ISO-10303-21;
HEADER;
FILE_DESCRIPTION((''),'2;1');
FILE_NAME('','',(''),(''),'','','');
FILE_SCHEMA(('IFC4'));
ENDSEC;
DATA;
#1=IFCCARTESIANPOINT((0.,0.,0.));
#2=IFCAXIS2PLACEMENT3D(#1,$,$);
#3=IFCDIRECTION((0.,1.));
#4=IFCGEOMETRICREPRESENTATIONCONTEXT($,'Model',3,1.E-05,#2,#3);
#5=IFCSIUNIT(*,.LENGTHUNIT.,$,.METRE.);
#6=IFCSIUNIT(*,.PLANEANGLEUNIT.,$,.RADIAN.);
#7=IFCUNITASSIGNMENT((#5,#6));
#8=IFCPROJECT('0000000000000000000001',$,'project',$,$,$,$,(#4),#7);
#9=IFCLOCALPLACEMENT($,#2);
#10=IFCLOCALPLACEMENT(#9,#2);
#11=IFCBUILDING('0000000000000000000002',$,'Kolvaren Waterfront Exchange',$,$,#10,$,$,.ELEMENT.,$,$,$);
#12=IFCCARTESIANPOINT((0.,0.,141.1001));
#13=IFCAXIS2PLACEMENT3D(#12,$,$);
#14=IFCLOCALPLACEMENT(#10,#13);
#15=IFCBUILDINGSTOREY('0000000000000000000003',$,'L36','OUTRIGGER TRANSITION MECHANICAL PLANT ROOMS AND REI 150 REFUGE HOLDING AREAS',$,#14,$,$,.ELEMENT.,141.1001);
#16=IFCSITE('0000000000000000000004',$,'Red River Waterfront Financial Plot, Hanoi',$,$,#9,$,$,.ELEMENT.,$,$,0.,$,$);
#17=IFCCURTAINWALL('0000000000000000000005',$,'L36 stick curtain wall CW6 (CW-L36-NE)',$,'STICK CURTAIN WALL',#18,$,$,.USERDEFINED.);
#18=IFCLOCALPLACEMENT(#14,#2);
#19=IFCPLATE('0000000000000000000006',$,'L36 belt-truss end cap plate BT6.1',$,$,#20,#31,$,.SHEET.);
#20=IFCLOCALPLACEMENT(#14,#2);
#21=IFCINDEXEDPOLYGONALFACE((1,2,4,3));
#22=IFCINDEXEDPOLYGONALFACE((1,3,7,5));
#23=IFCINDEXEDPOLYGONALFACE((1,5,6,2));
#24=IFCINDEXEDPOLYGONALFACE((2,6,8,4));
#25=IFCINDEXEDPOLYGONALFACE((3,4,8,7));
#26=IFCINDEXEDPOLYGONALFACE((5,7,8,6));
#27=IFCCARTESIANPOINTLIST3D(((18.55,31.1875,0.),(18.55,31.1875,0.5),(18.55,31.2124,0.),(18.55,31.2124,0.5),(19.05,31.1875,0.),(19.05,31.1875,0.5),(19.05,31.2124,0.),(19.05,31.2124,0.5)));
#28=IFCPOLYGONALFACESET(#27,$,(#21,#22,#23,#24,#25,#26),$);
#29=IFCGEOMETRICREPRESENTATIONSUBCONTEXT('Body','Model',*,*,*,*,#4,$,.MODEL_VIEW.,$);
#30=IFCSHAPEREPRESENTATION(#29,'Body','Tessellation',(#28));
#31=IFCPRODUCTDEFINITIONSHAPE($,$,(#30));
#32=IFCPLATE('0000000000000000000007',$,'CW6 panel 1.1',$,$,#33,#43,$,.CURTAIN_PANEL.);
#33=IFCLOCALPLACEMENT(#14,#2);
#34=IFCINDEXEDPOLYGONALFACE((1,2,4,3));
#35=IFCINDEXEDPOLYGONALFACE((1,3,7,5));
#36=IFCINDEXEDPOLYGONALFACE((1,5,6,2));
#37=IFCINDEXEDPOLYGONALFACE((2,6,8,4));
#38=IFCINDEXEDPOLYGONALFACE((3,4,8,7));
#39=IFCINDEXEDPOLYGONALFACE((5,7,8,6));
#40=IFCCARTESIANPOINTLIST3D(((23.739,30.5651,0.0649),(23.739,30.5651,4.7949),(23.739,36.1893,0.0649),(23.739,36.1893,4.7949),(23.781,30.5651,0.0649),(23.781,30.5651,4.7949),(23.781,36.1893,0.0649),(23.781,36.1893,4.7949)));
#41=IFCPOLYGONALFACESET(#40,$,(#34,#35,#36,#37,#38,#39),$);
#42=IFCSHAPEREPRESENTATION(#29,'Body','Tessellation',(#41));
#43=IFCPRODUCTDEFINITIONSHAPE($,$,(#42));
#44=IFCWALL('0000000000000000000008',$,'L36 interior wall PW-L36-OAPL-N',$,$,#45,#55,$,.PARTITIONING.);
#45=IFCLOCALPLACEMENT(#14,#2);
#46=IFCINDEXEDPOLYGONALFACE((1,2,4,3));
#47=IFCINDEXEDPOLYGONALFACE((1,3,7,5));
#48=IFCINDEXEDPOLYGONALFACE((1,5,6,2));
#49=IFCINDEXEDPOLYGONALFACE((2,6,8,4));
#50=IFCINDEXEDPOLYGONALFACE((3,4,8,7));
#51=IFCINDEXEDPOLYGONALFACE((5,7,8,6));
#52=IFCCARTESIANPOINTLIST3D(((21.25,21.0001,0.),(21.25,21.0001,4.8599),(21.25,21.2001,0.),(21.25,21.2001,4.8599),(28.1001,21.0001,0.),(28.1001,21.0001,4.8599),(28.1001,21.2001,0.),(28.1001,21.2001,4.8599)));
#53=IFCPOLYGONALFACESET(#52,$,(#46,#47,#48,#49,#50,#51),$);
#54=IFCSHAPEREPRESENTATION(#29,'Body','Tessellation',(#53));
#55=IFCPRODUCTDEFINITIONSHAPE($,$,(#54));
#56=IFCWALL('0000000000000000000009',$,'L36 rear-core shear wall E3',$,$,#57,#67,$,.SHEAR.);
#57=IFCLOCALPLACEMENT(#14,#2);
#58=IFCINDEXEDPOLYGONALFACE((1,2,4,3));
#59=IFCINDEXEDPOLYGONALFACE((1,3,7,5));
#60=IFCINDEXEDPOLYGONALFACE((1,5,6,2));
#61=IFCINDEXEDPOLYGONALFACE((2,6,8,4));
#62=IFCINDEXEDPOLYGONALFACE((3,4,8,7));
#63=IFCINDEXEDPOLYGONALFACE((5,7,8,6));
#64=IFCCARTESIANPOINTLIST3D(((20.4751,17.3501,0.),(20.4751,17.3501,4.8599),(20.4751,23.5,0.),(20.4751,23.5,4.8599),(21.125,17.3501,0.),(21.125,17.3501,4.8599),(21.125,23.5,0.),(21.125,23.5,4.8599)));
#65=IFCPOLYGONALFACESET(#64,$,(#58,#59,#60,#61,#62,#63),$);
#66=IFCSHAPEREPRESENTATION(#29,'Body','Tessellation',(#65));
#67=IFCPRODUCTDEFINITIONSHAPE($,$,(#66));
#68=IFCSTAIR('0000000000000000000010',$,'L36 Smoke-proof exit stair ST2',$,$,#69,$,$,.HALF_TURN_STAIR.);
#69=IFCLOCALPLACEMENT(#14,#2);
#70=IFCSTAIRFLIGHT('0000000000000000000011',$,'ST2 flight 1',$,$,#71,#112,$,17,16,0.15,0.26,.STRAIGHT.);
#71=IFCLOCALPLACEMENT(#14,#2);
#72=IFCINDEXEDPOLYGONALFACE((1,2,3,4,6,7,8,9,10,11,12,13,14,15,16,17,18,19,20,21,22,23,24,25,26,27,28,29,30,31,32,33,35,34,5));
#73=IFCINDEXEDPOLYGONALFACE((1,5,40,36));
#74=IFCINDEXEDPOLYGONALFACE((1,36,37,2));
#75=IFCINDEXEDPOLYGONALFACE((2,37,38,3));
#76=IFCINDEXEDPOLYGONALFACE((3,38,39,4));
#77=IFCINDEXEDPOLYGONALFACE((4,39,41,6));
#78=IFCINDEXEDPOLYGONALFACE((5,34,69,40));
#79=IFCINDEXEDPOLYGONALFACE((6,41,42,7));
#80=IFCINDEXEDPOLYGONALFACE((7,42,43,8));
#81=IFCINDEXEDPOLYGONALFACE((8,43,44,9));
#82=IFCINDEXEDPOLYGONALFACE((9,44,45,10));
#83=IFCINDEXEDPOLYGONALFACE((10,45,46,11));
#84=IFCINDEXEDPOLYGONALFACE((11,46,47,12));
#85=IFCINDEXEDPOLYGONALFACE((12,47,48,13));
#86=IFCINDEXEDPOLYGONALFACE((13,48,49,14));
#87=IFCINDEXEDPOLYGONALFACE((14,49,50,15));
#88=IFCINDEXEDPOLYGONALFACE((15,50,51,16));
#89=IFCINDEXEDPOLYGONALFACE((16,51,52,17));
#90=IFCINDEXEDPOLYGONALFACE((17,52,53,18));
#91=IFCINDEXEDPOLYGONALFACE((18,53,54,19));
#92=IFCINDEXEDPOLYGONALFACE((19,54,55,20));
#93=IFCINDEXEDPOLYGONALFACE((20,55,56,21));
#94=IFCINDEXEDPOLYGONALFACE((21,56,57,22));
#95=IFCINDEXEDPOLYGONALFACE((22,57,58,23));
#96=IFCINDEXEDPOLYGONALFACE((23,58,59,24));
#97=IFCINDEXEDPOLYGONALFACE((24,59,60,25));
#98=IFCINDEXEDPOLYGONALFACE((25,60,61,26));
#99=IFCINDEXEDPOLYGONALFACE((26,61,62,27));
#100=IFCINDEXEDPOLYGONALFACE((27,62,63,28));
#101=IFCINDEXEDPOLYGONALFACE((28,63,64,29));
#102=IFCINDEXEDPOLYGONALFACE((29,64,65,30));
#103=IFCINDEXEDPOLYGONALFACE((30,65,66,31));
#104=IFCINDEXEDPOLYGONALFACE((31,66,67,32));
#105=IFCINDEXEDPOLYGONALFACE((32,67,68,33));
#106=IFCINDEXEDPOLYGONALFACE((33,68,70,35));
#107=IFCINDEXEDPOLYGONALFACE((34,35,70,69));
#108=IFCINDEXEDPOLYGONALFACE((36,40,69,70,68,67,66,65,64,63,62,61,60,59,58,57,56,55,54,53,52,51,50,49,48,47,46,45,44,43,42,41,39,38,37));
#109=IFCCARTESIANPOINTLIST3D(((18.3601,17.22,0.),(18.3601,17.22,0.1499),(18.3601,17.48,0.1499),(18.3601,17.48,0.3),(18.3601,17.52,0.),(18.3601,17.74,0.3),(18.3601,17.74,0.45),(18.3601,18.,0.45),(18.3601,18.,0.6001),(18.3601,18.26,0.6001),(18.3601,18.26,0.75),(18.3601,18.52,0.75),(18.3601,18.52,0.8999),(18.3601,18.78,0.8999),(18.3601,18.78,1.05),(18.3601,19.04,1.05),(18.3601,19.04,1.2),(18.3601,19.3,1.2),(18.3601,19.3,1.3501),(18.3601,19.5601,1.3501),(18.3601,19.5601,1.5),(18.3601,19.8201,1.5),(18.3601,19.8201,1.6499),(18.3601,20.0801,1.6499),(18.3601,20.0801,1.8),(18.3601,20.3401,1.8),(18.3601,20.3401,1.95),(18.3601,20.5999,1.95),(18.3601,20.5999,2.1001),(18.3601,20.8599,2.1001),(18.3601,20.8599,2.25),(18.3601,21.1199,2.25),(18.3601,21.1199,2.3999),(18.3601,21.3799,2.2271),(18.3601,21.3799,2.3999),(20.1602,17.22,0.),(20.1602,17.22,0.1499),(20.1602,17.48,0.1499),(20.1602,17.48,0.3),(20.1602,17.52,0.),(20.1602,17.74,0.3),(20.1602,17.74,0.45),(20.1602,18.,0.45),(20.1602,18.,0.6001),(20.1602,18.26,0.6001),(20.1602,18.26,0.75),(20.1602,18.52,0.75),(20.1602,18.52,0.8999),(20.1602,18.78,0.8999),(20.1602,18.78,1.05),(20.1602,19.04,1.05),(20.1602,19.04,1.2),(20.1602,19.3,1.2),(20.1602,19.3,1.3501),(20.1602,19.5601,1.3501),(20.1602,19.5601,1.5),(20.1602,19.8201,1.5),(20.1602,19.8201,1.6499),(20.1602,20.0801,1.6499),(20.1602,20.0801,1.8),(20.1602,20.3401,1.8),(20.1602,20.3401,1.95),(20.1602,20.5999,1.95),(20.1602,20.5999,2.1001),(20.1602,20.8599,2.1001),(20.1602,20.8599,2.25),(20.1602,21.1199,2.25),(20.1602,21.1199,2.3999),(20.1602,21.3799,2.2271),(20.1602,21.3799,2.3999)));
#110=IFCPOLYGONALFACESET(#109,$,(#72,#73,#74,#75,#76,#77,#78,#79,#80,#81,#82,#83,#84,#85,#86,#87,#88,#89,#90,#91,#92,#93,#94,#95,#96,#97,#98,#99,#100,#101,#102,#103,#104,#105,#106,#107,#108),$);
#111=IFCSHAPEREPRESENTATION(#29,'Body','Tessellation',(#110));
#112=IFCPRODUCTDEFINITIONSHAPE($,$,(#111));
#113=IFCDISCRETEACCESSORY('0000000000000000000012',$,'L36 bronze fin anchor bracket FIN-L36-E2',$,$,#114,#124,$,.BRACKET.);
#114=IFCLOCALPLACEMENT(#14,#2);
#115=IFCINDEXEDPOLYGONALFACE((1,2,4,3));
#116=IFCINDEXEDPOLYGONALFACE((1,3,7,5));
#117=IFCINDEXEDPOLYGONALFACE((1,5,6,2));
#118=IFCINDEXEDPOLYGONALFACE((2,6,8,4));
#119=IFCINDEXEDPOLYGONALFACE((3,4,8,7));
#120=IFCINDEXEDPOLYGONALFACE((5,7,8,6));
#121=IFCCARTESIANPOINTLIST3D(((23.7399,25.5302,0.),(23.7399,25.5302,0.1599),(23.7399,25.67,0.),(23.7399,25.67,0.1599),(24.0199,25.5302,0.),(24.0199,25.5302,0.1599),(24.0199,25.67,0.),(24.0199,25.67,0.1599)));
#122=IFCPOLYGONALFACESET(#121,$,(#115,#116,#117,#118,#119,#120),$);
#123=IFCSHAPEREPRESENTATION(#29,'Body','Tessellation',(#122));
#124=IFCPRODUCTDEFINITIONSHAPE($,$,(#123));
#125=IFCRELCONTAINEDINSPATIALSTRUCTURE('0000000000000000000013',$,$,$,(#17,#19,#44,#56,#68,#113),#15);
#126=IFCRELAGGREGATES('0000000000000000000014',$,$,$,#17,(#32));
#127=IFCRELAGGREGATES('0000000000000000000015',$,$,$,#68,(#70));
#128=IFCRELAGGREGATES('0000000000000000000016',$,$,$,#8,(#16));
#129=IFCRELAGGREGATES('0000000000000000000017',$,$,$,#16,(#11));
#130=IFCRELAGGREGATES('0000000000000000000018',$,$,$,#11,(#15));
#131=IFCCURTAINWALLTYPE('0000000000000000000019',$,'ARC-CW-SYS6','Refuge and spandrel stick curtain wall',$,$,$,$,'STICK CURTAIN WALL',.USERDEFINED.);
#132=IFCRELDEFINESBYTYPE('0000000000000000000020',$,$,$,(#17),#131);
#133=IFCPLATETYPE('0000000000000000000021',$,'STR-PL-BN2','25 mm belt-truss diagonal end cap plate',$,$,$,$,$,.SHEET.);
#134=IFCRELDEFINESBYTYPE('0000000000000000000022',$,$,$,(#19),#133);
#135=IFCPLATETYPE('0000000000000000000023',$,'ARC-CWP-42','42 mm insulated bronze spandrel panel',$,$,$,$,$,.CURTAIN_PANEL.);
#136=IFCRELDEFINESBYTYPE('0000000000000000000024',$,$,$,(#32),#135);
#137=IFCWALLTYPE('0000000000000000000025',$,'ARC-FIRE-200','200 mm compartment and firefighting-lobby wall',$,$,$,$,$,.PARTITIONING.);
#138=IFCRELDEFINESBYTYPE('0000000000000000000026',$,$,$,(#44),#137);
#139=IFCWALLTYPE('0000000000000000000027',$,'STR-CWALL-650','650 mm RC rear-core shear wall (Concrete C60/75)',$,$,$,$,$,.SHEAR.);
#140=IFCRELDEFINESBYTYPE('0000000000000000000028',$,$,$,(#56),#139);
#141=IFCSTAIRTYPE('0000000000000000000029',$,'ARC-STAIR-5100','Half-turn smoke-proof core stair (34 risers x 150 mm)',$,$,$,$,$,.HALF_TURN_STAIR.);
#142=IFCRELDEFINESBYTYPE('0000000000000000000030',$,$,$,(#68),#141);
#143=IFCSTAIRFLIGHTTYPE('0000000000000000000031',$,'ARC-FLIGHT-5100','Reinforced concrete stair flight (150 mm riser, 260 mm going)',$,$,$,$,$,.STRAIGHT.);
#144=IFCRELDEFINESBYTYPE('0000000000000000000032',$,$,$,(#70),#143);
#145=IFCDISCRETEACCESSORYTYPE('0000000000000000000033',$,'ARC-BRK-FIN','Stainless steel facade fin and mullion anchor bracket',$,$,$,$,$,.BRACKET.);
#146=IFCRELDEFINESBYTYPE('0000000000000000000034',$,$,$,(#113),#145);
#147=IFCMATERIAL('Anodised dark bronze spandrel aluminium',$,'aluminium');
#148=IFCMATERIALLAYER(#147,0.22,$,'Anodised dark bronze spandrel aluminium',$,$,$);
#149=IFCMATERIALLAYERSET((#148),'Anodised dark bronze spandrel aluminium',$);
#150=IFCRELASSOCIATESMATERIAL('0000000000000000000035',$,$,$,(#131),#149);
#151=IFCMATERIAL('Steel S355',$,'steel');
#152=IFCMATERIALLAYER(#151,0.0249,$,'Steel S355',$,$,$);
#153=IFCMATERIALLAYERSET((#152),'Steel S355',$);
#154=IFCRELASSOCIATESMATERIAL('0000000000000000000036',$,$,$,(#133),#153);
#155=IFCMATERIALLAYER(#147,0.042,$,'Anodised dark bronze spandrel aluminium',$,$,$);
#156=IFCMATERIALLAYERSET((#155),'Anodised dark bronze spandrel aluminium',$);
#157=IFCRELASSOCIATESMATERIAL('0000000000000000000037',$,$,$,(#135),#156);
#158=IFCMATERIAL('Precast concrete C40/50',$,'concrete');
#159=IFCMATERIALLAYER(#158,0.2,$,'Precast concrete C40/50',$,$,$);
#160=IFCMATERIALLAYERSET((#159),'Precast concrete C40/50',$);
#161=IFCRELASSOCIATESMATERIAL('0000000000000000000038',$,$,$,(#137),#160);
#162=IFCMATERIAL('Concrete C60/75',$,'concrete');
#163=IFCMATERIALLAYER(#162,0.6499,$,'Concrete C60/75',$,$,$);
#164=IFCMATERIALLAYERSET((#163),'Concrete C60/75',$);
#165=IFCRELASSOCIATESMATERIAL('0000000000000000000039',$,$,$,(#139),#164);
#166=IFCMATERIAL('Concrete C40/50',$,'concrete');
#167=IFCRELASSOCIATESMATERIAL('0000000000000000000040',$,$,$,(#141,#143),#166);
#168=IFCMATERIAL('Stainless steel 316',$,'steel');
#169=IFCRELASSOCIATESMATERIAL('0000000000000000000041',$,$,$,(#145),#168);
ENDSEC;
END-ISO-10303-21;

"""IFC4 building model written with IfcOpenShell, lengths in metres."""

from ifc_helpers import new_model, si_unit, direction, frame, frame_2d, origin, origin_with_axes, origin_2d, place, context, subcontext, project, spatial, polyline, rectangle, outline, extrude, source, transform, mapped, material, layer, layer_set, type_object, element, aggregate, save


model = new_model("IFC4")

# Units and contexts
model_context = context("Model", 3, precision=1e-05, world=origin(), true_north=direction((0.0, 1.0)))
body_context = subcontext(model_context, "Body", "Model", "MODEL_VIEW")
ifc_project = project(units=[si_unit("LENGTHUNIT", "METRE"), si_unit("PLANEANGLEUNIT", "RADIAN")], contexts=[model_context])

# Site, building, storey
site_placement = place(None, origin())
site = spatial("IfcSite", under=ifc_project, at=site_placement, Name="Red River Waterfront Financial Plot, Hanoi", CompositionType="ELEMENT", RefElevation=0.0)
building_placement = place(site_placement, origin())
building = spatial("IfcBuilding", under=site, at=building_placement, Name="Kolvaren Waterfront Exchange", CompositionType="ELEMENT")
storey_placement = place(building_placement, frame((0.0, 0.0, 141.1001)))
storey = spatial("IfcBuildingStorey", under=building, at=storey_placement, Name="L36", Description="OUTRIGGER TRANSITION MECHANICAL PLANT ROOMS AND REI 150 REFUGE HOLDING AREAS", CompositionType="ELEMENT", Elevation=141.1001)

# Shared definitions
ifc_material_1 = material(Name="Concrete C60/75", Category="concrete")

# Shared definitions
ifc_material_2 = material(Name="Steel S355", Category="steel")

# Curtain wall
ifc_material_3 = material(Name="Anodised dark bronze spandrel aluminium", Category="aluminium")
ifc_layer_1 = layer(ifc_material_3, 0.22, Name="Anodised dark bronze spandrel aluminium")
ifc_layer_set_1 = layer_set([ifc_layer_1], Name="Anodised dark bronze spandrel aluminium")
curtain_wall_type = type_object("IfcCurtainWallType", Name="ARC-CW-SYS6", Description="Refuge and spandrel stick curtain wall", ElementType="STICK CURTAIN WALL", PredefinedType="USERDEFINED", material=ifc_layer_set_1)
curtain_wall_placement = place(storey_placement, origin())
curtain_wall = element("IfcCurtainWall", 1, at=curtain_wall_placement, inside=storey, type_object=curtain_wall_type, Name="L36 stick curtain wall CW6 (CW-L36-NE)", ObjectType="STICK CURTAIN WALL", PredefinedType="USERDEFINED")

# Plate
ifc_layer_2 = layer(ifc_material_2, 0.0249, Name="Steel S355")
ifc_layer_set_2 = layer_set([ifc_layer_2], Name="Steel S355")
plate_type_1 = type_object("IfcPlateType", Name="STR-PL-BN2", Description="25 mm belt-truss diagonal end cap plate", PredefinedType="SHEET", material=ifc_layer_set_2)
shared_shape_1 = source(origin_with_axes(), body_context, "Body", "SweptSolid", [
    extrude(rectangle(XDim=0.5, YDim=0.0249, at=origin_2d()), origin(), (0.0, 0.0, 1.0), 0.5),
])
plate_1_placement = place(storey_placement, frame((18.8, 31.2, 0.0), z_axis=(0.0, 0.0, 1.0), x_axis=(1.0, 0.0, 0.0)))
element("IfcPlate", 2, at=plate_1_placement, inside=storey, type_object=plate_type_1, Name="L36 belt-truss end cap plate BT6.1", PredefinedType="SHEET", context=body_context, shape_type="MappedRepresentation", body=[
    mapped(shared_shape_1, transform((0.0, 0.0, 0.0), x_axis=(1.0, 0.0, 0.0), y_axis=(0.0, 1.0, 0.0), z_axis=(0.0, 0.0, 1.0), scale=1.0)),
])

# Plate
ifc_layer_3 = layer(ifc_material_3, 0.042, Name="Anodised dark bronze spandrel aluminium")
ifc_layer_set_3 = layer_set([ifc_layer_3], Name="Anodised dark bronze spandrel aluminium")
plate_type_2 = type_object("IfcPlateType", Name="ARC-CWP-42", Description="42 mm insulated bronze spandrel panel", PredefinedType="CURTAIN_PANEL", material=ifc_layer_set_3)
shared_shape_2 = source(origin_with_axes(), body_context, "Body", "SweptSolid", [
    extrude(rectangle(XDim=5.6243, YDim=0.042, at=origin_2d()), origin(), (0.0, 0.0, 1.0), 4.73),
])
plate_2_placement = place(storey_placement, frame((23.76, 33.3772, 0.0649), z_axis=(0.0, 0.0, 1.0), x_axis=(0.0, 1.0, 0.0)))
plate_2 = element("IfcPlate", 3, at=plate_2_placement, type_object=plate_type_2, Name="CW6 panel 1.1", PredefinedType="CURTAIN_PANEL", context=body_context, shape_type="MappedRepresentation", body=[
    mapped(shared_shape_2, transform((0.0, 0.0, 0.0), x_axis=(1.0, 0.0, 0.0), y_axis=(0.0, 1.0, 0.0), z_axis=(0.0, 0.0, 1.0), scale=1.0)),
])
aggregate(curtain_wall, [plate_2])

# Walls
ifc_material_4 = material(Name="Precast concrete C40/50", Category="concrete")
ifc_layer_4 = layer(ifc_material_4, 0.2, Name="Precast concrete C40/50")
ifc_layer_set_4 = layer_set([ifc_layer_4], Name="Precast concrete C40/50")
wall_type_1 = type_object("IfcWallType", Name="ARC-FIRE-200", Description="200 mm compartment and firefighting-lobby wall", PredefinedType="PARTITIONING", material=ifc_layer_set_4)
wall_1_placement = place(storey_placement, frame((21.25, 21.1001, 0.0), z_axis=(0.0, 0.0, 1.0), x_axis=(1.0, 0.0, 0.0)))
element("IfcWall", 4, at=wall_1_placement, inside=storey, type_object=wall_type_1, Name="L36 interior wall PW-L36-OAPL-N", PredefinedType="PARTITIONING", context=body_context, shape_type="SweptSolid", body=[
    extrude(rectangle(XDim=6.8501, YDim=0.2, at=frame_2d((3.425, 0.0))), origin(), (0.0, 0.0, 1.0), 4.8599),
])
ifc_layer_5 = layer(ifc_material_1, 0.6499, Name="Concrete C60/75")
ifc_layer_set_5 = layer_set([ifc_layer_5], Name="Concrete C60/75")
wall_type_2 = type_object("IfcWallType", Name="STR-CWALL-650", Description="650 mm RC rear-core shear wall (Concrete C60/75)", PredefinedType="SHEAR", material=ifc_layer_set_5)
wall_2_placement = place(storey_placement, frame((20.8, 17.3501, 0.0), z_axis=(0.0, 0.0, 1.0), x_axis=(0.0, 1.0, 0.0)))
element("IfcWall", 5, at=wall_2_placement, inside=storey, type_object=wall_type_2, Name="L36 rear-core shear wall E3", PredefinedType="SHEAR", context=body_context, shape_type="SweptSolid", body=[
    extrude(rectangle(XDim=6.1499, YDim=0.6499, at=frame_2d((3.075, 0.0))), origin(), (0.0, 0.0, 1.0), 4.8599),
])

# Stair, stair flight
ifc_material_5 = material(Name="Concrete C40/50", Category="concrete")
stair_type = type_object("IfcStairType", Name="ARC-STAIR-5100", Description="Half-turn smoke-proof core stair (34 risers x 150 mm)", PredefinedType="HALF_TURN_STAIR", material=ifc_material_5)
stair_placement = place(storey_placement, origin())
stair = element("IfcStair", 6, at=stair_placement, inside=storey, type_object=stair_type, Name="L36 Smoke-proof exit stair ST2", PredefinedType="HALF_TURN_STAIR")
stair_flight_type = type_object("IfcStairFlightType", Name="ARC-FLIGHT-5100", Description="Reinforced concrete stair flight (150 mm riser, 260 mm going)", PredefinedType="STRAIGHT", material=ifc_material_5)
stair_flight_placement = place(storey_placement, frame((19.26, 17.22, 0.0), z_axis=(0.0, 0.0, 1.0), x_axis=(0.0, 1.0, 0.0)))
stair_flight = element("IfcStairFlight", 7, at=stair_flight_placement, type_object=stair_flight_type, Name="ST2 flight 1", NumberOfRisers=17, NumberOfTreads=16, PredefinedType="STRAIGHT", RiserHeight=0.15, TreadLength=0.26, context=body_context, shape_type="SweptSolid", body=[
    extrude(outline(polyline([(0.0, 0.0), (0.0, 0.1499), (0.26, 0.1499), (0.26, 0.3), (0.52, 0.3), (0.52, 0.45), (0.78, 0.45), (0.78, 0.6001), (1.04, 0.6001), (1.04, 0.75), (1.3, 0.75), (1.3, 0.8999), (1.5601, 0.8999), (1.5601, 1.05), (1.8201, 1.05), (1.8201, 1.2), (2.0801, 1.2), (2.0801, 1.3501), (2.3401, 1.3501), (2.3401, 1.5), (2.6001, 1.5), (2.6001, 1.6499), (2.8601, 1.6499), (2.8601, 1.8), (3.1201, 1.8), (3.1201, 1.95), (3.3799, 1.95), (3.3799, 2.1001), (3.6399, 2.1001), (3.6399, 2.25), (3.8999, 2.25), (3.8999, 2.3999), (4.1599, 2.3999), (4.1599, 2.55), (4.1599, 2.2271), (0.3, 0.0), (0.0, 0.0)])), frame((0.0, 0.8999, 0.0), z_axis=(0.0, -1.0, 0.0), x_axis=(1.0, 0.0, 0.0)), (0.0, 0.0, 1.0), 1.8),
])
aggregate(stair, [stair_flight])

# Shared definitions
ifc_material_6 = material(Name="Stainless steel 316", Category="steel")

# Discrete accessory
discrete_accessory_type = type_object("IfcDiscreteAccessoryType", Name="ARC-BRK-FIN", Description="Stainless steel facade fin and mullion anchor bracket", PredefinedType="BRACKET", material=ifc_material_6)
shared_shape_3 = source(origin_with_axes(), body_context, "Body", "SweptSolid", [
    extrude(rectangle(XDim=0.28, YDim=0.1399, at=origin_2d()), origin(), (0.0, 0.0, 1.0), 0.1599),
])
discrete_accessory_placement = place(storey_placement, frame((23.8799, 25.6001, 0.0), z_axis=(0.0, 0.0, 1.0), x_axis=(1.0, 0.0, 0.0)))
element("IfcDiscreteAccessory", 8, at=discrete_accessory_placement, inside=storey, type_object=discrete_accessory_type, Name="L36 bronze fin anchor bracket FIN-L36-E2", PredefinedType="BRACKET", context=body_context, shape_type="MappedRepresentation", body=[
    mapped(shared_shape_3, transform((0.0, 0.0, 0.0), x_axis=(1.0, 0.0, 0.0), y_axis=(0.0, 1.0, 0.0), z_axis=(0.0, 0.0, 1.0), scale=1.0)),
])

save(model, "model.ifc")
